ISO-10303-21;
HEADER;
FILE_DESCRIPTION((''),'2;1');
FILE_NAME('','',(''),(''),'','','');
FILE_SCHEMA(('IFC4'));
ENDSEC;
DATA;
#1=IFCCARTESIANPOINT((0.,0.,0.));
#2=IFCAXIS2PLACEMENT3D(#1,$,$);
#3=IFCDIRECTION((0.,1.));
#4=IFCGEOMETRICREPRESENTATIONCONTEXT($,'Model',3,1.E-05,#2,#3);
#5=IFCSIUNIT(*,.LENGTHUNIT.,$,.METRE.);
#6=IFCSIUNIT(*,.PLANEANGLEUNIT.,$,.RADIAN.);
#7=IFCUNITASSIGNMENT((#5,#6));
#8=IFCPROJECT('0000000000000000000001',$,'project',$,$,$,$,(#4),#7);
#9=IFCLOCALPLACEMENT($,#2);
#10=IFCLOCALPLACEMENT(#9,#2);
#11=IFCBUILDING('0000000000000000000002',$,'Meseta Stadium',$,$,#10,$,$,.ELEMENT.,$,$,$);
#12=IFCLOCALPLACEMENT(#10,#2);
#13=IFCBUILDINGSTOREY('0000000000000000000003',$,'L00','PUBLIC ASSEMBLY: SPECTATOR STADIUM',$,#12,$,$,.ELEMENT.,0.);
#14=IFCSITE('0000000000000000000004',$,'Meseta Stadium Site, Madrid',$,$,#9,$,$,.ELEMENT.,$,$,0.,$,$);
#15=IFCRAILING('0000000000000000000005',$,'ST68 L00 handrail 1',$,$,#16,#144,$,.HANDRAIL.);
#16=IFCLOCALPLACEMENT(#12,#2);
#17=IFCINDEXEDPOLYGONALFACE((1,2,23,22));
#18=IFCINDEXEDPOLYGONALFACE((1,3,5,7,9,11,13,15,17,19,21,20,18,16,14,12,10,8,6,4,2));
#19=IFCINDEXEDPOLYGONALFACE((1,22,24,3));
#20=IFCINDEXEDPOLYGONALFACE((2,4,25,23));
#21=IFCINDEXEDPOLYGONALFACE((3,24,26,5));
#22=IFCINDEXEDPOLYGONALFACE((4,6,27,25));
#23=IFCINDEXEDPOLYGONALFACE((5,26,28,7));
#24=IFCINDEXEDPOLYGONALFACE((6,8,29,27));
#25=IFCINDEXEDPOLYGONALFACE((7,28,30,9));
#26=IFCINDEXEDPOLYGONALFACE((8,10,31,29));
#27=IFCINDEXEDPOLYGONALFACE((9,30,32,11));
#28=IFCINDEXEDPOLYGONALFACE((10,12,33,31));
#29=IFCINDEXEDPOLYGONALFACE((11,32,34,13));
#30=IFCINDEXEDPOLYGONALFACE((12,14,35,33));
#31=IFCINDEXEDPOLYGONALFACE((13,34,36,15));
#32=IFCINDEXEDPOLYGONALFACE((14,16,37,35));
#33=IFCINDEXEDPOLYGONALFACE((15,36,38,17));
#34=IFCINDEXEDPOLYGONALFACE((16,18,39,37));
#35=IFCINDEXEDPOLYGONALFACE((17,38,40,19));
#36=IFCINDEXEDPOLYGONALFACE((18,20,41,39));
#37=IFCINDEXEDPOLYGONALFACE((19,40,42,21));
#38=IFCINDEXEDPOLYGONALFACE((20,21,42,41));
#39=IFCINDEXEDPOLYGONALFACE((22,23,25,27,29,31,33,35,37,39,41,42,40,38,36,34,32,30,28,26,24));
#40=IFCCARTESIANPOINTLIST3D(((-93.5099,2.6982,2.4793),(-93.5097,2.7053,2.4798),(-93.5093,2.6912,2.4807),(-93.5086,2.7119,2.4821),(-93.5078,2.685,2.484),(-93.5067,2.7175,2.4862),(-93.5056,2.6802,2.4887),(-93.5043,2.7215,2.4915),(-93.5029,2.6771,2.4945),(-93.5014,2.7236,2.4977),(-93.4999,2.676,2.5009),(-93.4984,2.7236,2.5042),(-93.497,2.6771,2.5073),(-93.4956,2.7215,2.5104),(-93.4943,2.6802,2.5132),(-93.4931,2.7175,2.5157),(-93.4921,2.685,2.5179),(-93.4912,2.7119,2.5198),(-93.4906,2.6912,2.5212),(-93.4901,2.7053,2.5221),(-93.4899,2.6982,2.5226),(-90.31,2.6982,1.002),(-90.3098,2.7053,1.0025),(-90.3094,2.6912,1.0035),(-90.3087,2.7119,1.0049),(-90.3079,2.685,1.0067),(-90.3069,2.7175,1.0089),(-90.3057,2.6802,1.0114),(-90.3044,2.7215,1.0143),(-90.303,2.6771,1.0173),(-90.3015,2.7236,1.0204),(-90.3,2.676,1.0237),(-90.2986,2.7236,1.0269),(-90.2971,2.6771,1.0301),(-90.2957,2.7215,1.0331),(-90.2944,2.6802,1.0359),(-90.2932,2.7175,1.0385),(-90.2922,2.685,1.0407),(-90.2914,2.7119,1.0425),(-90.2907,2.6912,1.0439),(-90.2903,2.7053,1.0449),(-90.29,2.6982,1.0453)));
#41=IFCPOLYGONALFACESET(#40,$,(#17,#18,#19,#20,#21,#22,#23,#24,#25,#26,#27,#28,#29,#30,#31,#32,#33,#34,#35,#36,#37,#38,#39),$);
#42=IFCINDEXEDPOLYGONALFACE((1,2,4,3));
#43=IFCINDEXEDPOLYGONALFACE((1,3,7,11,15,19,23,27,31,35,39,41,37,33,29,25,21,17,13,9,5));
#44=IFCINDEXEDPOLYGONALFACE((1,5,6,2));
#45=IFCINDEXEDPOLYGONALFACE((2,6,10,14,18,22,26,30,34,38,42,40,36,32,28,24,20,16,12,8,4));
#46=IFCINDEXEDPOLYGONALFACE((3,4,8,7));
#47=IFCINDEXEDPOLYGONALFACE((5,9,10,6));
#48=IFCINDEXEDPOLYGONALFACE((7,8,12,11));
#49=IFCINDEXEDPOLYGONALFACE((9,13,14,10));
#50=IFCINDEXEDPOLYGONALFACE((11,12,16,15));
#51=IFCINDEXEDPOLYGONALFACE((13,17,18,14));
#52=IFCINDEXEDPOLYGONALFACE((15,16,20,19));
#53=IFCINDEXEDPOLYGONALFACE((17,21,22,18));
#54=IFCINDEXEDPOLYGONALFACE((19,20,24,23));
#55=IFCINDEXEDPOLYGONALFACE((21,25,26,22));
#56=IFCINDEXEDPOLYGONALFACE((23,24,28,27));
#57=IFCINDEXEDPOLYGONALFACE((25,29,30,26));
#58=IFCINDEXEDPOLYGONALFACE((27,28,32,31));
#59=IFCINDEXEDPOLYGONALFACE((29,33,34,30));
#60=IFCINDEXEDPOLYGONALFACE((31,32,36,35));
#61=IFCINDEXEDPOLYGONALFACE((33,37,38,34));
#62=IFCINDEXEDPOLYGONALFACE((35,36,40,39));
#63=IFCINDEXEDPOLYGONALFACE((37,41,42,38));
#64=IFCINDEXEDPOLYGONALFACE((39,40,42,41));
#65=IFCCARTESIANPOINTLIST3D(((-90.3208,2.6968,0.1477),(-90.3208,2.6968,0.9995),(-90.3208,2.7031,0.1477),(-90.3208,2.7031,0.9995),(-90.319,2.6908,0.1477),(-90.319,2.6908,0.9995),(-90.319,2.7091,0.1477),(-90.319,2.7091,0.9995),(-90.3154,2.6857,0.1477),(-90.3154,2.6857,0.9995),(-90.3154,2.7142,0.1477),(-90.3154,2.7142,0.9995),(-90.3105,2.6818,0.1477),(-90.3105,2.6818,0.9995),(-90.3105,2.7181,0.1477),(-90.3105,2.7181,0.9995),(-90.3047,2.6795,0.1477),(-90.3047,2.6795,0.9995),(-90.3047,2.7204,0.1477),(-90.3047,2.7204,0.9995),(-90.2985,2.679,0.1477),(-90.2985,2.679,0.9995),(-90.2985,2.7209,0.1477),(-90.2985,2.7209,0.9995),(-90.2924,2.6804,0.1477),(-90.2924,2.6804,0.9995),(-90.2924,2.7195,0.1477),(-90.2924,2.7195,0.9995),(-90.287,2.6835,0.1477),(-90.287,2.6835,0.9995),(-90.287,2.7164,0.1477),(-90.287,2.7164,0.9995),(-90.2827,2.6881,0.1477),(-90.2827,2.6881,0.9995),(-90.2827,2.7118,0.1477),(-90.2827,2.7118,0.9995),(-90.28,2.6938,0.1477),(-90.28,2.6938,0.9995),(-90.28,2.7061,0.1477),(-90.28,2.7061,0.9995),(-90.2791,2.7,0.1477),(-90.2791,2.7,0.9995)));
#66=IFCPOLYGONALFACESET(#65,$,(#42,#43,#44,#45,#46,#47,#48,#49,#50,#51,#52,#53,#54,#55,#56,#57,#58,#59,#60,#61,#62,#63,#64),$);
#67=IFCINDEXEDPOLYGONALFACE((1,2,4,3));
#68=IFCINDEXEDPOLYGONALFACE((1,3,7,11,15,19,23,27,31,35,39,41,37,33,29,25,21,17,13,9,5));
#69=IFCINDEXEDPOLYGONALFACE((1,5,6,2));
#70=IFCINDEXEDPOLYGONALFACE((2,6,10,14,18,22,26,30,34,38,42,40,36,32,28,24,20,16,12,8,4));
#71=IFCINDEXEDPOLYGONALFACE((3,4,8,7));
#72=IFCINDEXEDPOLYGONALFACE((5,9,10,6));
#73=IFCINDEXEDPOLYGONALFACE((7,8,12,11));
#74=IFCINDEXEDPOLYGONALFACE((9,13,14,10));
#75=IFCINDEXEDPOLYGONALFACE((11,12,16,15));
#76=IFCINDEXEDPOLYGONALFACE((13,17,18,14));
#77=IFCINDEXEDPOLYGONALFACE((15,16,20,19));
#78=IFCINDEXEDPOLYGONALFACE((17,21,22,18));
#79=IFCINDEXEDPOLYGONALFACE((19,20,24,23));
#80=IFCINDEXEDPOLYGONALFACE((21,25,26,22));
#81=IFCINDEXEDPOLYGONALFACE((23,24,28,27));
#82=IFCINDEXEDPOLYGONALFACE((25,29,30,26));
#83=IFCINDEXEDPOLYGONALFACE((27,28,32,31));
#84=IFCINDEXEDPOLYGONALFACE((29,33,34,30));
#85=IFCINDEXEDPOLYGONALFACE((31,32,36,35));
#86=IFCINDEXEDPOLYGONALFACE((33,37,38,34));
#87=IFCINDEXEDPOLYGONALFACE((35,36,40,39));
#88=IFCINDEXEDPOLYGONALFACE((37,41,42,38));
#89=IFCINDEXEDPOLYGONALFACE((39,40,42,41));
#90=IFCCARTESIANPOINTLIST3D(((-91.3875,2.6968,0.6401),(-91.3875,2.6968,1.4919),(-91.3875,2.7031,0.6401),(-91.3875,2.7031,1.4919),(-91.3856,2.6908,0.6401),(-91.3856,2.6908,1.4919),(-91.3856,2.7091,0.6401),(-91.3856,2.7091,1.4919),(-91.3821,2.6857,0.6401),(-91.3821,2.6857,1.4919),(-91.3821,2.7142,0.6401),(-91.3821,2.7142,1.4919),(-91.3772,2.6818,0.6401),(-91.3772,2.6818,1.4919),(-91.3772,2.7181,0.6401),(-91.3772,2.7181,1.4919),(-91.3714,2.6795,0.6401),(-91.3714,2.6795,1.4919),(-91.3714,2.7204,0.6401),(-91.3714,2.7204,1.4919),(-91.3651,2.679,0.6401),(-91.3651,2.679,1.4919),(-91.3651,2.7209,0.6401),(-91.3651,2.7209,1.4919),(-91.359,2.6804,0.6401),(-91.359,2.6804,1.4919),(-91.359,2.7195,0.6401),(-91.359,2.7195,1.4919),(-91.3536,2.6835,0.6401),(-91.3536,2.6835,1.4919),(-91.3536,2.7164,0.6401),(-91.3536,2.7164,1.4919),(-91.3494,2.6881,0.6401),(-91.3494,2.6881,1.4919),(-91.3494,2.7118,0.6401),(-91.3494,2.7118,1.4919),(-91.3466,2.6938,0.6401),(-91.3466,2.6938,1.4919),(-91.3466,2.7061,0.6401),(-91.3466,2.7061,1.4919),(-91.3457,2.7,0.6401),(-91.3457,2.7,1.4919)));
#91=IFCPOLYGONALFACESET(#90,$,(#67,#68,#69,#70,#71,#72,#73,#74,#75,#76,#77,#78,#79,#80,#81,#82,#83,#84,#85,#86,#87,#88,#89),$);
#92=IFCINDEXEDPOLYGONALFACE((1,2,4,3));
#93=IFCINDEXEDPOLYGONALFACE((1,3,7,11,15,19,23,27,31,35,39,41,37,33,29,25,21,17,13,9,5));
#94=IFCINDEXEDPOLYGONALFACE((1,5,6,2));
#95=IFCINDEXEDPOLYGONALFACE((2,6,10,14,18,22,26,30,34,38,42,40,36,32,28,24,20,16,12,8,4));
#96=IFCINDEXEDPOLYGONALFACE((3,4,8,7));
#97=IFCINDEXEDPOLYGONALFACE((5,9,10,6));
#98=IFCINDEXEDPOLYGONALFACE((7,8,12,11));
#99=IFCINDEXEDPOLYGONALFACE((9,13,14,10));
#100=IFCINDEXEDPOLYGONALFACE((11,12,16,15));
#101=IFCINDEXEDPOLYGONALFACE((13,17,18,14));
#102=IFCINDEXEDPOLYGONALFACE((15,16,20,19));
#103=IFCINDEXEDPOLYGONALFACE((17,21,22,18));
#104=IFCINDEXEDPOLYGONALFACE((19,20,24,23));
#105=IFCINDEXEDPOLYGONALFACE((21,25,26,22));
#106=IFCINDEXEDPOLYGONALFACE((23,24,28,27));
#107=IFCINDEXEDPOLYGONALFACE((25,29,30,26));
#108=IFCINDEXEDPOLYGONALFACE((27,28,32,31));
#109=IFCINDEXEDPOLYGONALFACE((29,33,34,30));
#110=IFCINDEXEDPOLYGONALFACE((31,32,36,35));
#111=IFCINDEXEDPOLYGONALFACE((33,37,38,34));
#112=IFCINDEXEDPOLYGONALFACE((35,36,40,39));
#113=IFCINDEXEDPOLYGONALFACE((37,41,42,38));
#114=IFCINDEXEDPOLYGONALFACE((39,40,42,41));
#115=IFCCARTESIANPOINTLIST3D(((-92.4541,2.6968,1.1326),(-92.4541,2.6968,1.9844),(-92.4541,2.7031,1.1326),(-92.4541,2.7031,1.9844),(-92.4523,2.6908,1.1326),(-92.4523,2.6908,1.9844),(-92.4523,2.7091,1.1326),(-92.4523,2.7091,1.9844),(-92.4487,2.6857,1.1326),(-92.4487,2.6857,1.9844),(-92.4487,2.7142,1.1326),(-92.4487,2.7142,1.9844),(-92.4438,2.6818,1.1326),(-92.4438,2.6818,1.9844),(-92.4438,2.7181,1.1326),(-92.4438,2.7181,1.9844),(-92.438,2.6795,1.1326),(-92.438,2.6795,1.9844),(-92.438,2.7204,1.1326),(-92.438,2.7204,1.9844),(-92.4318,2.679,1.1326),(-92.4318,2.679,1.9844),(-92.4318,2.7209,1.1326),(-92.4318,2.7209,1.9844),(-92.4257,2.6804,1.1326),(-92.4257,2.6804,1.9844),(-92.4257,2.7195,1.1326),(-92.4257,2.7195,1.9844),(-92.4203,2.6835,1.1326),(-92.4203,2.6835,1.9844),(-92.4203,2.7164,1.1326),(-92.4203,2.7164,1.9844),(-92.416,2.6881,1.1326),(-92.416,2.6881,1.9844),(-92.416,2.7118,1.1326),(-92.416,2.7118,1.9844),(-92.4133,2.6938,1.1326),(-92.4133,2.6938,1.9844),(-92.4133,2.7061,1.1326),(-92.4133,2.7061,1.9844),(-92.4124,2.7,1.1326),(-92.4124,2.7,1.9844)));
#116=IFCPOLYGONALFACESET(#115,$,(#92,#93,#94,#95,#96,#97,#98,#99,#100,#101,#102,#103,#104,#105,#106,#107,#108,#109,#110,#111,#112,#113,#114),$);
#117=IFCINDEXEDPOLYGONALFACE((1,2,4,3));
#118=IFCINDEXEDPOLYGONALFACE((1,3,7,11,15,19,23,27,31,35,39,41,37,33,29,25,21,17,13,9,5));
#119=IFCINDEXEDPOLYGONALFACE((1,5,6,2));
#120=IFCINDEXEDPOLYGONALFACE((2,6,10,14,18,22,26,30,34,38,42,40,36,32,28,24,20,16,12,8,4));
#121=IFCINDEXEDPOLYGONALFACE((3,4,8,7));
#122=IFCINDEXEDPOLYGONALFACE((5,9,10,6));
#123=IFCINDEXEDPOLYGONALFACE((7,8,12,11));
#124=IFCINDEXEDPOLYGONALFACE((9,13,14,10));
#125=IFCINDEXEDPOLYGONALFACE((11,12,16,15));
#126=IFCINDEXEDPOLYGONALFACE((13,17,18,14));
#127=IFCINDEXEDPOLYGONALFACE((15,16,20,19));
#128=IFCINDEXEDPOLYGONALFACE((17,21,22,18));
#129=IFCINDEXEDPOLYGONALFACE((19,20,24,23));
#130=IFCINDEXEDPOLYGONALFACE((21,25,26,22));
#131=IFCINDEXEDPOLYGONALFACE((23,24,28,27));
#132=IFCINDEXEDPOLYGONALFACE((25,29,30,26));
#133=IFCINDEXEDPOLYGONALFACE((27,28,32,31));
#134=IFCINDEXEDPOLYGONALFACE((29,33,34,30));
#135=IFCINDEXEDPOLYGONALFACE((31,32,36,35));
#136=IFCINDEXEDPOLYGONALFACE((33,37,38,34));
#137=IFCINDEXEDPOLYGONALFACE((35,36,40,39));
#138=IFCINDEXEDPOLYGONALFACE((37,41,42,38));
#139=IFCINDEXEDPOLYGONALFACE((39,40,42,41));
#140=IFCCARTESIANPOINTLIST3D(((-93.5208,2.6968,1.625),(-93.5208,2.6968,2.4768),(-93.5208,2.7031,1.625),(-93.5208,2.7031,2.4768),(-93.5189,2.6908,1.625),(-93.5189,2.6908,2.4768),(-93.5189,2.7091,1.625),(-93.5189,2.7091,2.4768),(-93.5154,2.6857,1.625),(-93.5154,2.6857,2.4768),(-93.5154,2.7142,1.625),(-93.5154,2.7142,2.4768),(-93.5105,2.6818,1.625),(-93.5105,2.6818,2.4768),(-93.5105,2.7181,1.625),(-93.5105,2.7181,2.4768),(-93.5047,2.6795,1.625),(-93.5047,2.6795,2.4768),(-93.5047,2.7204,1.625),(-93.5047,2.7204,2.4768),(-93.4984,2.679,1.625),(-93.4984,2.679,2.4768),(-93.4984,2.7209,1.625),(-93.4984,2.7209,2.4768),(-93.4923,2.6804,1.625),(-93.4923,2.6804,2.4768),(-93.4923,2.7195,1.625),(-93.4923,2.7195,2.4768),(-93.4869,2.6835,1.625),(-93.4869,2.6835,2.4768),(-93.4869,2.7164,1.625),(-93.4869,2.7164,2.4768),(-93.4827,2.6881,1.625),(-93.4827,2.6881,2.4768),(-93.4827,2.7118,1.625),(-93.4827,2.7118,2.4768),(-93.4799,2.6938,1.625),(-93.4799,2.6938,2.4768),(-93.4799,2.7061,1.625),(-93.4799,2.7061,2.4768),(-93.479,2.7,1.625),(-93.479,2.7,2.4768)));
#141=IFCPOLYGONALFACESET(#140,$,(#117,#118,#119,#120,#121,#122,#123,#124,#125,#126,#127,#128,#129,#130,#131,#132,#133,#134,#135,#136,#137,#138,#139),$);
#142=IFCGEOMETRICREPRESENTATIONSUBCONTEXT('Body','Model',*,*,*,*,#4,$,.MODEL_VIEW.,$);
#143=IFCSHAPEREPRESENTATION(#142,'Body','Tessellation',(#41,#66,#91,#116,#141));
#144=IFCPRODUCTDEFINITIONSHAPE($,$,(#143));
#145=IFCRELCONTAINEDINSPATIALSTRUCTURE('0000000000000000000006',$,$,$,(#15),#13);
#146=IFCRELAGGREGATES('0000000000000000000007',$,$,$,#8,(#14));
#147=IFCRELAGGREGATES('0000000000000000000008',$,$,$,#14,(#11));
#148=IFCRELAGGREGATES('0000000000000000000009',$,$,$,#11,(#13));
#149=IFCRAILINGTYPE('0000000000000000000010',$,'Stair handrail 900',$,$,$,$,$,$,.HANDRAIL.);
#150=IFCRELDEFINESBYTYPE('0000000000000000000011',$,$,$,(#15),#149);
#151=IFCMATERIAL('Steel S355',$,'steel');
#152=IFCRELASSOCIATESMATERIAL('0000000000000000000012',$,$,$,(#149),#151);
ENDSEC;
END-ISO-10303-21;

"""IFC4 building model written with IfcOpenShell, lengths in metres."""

from ifc_helpers import new_model, si_unit, direction, frame, origin, origin_2d, place, context, subcontext, project, spatial, circle, extrude, material, type_object, element, save


model = new_model("IFC4")

# Units and contexts
model_context = context("Model", 3, precision=1e-05, world=origin(), true_north=direction((0.0, 1.0)))
body_context = subcontext(model_context, "Body", "Model", "MODEL_VIEW")
ifc_project = project(units=[si_unit("LENGTHUNIT", "METRE"), si_unit("PLANEANGLEUNIT", "RADIAN")], contexts=[model_context])

# Site, building, storey
site_placement = place(None, origin())
site = spatial("IfcSite", under=ifc_project, at=site_placement, Name="Meseta Stadium Site, Madrid", CompositionType="ELEMENT", RefElevation=0.0)
building_placement = place(site_placement, origin())
building = spatial("IfcBuilding", under=site, at=building_placement, Name="Meseta Stadium", CompositionType="ELEMENT")
storey_placement = place(building_placement, origin())
storey = spatial("IfcBuildingStorey", under=building, at=storey_placement, Name="L00", Description="PUBLIC ASSEMBLY: SPECTATOR STADIUM", CompositionType="ELEMENT", Elevation=0.0)

# Railing
ifc_material_1 = material(Name="Steel S355", Category="steel")
railing_type_1 = type_object("IfcRailingType", Name="Stair handrail 900", PredefinedType="HANDRAIL", material=ifc_material_1)
for number, where, name in (
    (1, (-90.3, 2.7, 0.1477), "ST68 L00 handrail 1"),
):
    element("IfcRailing", number, at=place(storey_placement, frame(where)), inside=storey, type_object=railing_type_1, Name=name, PredefinedType="HANDRAIL", context=body_context, shape_type="SweptSolid", body=[
        extrude(circle(Radius=0.0239, at=origin_2d()), frame((0.0, 0.0, 0.876), z_axis=(-0.907917, 0.0, 0.41915), x_axis=(0.0, -1.0, 0.0)), (0.0, 0.0, 1.0), 3.5244),
        extrude(circle(Radius=0.021, at=origin_2d()), origin(), (0.0, 0.0, 1.0), 0.8518),
        extrude(circle(Radius=0.021, at=origin_2d()), frame((-1.0667, 0.0, 0.4924)), (0.0, 0.0, 1.0), 0.8518),
        extrude(circle(Radius=0.021, at=origin_2d()), frame((-2.1333, 0.0, 0.9849)), (0.0, 0.0, 1.0), 0.8518),
        extrude(circle(Radius=0.021, at=origin_2d()), frame((-3.2, 0.0, 1.4773)), (0.0, 0.0, 1.0), 0.8518),
    ])

save(model, "model.ifc")
